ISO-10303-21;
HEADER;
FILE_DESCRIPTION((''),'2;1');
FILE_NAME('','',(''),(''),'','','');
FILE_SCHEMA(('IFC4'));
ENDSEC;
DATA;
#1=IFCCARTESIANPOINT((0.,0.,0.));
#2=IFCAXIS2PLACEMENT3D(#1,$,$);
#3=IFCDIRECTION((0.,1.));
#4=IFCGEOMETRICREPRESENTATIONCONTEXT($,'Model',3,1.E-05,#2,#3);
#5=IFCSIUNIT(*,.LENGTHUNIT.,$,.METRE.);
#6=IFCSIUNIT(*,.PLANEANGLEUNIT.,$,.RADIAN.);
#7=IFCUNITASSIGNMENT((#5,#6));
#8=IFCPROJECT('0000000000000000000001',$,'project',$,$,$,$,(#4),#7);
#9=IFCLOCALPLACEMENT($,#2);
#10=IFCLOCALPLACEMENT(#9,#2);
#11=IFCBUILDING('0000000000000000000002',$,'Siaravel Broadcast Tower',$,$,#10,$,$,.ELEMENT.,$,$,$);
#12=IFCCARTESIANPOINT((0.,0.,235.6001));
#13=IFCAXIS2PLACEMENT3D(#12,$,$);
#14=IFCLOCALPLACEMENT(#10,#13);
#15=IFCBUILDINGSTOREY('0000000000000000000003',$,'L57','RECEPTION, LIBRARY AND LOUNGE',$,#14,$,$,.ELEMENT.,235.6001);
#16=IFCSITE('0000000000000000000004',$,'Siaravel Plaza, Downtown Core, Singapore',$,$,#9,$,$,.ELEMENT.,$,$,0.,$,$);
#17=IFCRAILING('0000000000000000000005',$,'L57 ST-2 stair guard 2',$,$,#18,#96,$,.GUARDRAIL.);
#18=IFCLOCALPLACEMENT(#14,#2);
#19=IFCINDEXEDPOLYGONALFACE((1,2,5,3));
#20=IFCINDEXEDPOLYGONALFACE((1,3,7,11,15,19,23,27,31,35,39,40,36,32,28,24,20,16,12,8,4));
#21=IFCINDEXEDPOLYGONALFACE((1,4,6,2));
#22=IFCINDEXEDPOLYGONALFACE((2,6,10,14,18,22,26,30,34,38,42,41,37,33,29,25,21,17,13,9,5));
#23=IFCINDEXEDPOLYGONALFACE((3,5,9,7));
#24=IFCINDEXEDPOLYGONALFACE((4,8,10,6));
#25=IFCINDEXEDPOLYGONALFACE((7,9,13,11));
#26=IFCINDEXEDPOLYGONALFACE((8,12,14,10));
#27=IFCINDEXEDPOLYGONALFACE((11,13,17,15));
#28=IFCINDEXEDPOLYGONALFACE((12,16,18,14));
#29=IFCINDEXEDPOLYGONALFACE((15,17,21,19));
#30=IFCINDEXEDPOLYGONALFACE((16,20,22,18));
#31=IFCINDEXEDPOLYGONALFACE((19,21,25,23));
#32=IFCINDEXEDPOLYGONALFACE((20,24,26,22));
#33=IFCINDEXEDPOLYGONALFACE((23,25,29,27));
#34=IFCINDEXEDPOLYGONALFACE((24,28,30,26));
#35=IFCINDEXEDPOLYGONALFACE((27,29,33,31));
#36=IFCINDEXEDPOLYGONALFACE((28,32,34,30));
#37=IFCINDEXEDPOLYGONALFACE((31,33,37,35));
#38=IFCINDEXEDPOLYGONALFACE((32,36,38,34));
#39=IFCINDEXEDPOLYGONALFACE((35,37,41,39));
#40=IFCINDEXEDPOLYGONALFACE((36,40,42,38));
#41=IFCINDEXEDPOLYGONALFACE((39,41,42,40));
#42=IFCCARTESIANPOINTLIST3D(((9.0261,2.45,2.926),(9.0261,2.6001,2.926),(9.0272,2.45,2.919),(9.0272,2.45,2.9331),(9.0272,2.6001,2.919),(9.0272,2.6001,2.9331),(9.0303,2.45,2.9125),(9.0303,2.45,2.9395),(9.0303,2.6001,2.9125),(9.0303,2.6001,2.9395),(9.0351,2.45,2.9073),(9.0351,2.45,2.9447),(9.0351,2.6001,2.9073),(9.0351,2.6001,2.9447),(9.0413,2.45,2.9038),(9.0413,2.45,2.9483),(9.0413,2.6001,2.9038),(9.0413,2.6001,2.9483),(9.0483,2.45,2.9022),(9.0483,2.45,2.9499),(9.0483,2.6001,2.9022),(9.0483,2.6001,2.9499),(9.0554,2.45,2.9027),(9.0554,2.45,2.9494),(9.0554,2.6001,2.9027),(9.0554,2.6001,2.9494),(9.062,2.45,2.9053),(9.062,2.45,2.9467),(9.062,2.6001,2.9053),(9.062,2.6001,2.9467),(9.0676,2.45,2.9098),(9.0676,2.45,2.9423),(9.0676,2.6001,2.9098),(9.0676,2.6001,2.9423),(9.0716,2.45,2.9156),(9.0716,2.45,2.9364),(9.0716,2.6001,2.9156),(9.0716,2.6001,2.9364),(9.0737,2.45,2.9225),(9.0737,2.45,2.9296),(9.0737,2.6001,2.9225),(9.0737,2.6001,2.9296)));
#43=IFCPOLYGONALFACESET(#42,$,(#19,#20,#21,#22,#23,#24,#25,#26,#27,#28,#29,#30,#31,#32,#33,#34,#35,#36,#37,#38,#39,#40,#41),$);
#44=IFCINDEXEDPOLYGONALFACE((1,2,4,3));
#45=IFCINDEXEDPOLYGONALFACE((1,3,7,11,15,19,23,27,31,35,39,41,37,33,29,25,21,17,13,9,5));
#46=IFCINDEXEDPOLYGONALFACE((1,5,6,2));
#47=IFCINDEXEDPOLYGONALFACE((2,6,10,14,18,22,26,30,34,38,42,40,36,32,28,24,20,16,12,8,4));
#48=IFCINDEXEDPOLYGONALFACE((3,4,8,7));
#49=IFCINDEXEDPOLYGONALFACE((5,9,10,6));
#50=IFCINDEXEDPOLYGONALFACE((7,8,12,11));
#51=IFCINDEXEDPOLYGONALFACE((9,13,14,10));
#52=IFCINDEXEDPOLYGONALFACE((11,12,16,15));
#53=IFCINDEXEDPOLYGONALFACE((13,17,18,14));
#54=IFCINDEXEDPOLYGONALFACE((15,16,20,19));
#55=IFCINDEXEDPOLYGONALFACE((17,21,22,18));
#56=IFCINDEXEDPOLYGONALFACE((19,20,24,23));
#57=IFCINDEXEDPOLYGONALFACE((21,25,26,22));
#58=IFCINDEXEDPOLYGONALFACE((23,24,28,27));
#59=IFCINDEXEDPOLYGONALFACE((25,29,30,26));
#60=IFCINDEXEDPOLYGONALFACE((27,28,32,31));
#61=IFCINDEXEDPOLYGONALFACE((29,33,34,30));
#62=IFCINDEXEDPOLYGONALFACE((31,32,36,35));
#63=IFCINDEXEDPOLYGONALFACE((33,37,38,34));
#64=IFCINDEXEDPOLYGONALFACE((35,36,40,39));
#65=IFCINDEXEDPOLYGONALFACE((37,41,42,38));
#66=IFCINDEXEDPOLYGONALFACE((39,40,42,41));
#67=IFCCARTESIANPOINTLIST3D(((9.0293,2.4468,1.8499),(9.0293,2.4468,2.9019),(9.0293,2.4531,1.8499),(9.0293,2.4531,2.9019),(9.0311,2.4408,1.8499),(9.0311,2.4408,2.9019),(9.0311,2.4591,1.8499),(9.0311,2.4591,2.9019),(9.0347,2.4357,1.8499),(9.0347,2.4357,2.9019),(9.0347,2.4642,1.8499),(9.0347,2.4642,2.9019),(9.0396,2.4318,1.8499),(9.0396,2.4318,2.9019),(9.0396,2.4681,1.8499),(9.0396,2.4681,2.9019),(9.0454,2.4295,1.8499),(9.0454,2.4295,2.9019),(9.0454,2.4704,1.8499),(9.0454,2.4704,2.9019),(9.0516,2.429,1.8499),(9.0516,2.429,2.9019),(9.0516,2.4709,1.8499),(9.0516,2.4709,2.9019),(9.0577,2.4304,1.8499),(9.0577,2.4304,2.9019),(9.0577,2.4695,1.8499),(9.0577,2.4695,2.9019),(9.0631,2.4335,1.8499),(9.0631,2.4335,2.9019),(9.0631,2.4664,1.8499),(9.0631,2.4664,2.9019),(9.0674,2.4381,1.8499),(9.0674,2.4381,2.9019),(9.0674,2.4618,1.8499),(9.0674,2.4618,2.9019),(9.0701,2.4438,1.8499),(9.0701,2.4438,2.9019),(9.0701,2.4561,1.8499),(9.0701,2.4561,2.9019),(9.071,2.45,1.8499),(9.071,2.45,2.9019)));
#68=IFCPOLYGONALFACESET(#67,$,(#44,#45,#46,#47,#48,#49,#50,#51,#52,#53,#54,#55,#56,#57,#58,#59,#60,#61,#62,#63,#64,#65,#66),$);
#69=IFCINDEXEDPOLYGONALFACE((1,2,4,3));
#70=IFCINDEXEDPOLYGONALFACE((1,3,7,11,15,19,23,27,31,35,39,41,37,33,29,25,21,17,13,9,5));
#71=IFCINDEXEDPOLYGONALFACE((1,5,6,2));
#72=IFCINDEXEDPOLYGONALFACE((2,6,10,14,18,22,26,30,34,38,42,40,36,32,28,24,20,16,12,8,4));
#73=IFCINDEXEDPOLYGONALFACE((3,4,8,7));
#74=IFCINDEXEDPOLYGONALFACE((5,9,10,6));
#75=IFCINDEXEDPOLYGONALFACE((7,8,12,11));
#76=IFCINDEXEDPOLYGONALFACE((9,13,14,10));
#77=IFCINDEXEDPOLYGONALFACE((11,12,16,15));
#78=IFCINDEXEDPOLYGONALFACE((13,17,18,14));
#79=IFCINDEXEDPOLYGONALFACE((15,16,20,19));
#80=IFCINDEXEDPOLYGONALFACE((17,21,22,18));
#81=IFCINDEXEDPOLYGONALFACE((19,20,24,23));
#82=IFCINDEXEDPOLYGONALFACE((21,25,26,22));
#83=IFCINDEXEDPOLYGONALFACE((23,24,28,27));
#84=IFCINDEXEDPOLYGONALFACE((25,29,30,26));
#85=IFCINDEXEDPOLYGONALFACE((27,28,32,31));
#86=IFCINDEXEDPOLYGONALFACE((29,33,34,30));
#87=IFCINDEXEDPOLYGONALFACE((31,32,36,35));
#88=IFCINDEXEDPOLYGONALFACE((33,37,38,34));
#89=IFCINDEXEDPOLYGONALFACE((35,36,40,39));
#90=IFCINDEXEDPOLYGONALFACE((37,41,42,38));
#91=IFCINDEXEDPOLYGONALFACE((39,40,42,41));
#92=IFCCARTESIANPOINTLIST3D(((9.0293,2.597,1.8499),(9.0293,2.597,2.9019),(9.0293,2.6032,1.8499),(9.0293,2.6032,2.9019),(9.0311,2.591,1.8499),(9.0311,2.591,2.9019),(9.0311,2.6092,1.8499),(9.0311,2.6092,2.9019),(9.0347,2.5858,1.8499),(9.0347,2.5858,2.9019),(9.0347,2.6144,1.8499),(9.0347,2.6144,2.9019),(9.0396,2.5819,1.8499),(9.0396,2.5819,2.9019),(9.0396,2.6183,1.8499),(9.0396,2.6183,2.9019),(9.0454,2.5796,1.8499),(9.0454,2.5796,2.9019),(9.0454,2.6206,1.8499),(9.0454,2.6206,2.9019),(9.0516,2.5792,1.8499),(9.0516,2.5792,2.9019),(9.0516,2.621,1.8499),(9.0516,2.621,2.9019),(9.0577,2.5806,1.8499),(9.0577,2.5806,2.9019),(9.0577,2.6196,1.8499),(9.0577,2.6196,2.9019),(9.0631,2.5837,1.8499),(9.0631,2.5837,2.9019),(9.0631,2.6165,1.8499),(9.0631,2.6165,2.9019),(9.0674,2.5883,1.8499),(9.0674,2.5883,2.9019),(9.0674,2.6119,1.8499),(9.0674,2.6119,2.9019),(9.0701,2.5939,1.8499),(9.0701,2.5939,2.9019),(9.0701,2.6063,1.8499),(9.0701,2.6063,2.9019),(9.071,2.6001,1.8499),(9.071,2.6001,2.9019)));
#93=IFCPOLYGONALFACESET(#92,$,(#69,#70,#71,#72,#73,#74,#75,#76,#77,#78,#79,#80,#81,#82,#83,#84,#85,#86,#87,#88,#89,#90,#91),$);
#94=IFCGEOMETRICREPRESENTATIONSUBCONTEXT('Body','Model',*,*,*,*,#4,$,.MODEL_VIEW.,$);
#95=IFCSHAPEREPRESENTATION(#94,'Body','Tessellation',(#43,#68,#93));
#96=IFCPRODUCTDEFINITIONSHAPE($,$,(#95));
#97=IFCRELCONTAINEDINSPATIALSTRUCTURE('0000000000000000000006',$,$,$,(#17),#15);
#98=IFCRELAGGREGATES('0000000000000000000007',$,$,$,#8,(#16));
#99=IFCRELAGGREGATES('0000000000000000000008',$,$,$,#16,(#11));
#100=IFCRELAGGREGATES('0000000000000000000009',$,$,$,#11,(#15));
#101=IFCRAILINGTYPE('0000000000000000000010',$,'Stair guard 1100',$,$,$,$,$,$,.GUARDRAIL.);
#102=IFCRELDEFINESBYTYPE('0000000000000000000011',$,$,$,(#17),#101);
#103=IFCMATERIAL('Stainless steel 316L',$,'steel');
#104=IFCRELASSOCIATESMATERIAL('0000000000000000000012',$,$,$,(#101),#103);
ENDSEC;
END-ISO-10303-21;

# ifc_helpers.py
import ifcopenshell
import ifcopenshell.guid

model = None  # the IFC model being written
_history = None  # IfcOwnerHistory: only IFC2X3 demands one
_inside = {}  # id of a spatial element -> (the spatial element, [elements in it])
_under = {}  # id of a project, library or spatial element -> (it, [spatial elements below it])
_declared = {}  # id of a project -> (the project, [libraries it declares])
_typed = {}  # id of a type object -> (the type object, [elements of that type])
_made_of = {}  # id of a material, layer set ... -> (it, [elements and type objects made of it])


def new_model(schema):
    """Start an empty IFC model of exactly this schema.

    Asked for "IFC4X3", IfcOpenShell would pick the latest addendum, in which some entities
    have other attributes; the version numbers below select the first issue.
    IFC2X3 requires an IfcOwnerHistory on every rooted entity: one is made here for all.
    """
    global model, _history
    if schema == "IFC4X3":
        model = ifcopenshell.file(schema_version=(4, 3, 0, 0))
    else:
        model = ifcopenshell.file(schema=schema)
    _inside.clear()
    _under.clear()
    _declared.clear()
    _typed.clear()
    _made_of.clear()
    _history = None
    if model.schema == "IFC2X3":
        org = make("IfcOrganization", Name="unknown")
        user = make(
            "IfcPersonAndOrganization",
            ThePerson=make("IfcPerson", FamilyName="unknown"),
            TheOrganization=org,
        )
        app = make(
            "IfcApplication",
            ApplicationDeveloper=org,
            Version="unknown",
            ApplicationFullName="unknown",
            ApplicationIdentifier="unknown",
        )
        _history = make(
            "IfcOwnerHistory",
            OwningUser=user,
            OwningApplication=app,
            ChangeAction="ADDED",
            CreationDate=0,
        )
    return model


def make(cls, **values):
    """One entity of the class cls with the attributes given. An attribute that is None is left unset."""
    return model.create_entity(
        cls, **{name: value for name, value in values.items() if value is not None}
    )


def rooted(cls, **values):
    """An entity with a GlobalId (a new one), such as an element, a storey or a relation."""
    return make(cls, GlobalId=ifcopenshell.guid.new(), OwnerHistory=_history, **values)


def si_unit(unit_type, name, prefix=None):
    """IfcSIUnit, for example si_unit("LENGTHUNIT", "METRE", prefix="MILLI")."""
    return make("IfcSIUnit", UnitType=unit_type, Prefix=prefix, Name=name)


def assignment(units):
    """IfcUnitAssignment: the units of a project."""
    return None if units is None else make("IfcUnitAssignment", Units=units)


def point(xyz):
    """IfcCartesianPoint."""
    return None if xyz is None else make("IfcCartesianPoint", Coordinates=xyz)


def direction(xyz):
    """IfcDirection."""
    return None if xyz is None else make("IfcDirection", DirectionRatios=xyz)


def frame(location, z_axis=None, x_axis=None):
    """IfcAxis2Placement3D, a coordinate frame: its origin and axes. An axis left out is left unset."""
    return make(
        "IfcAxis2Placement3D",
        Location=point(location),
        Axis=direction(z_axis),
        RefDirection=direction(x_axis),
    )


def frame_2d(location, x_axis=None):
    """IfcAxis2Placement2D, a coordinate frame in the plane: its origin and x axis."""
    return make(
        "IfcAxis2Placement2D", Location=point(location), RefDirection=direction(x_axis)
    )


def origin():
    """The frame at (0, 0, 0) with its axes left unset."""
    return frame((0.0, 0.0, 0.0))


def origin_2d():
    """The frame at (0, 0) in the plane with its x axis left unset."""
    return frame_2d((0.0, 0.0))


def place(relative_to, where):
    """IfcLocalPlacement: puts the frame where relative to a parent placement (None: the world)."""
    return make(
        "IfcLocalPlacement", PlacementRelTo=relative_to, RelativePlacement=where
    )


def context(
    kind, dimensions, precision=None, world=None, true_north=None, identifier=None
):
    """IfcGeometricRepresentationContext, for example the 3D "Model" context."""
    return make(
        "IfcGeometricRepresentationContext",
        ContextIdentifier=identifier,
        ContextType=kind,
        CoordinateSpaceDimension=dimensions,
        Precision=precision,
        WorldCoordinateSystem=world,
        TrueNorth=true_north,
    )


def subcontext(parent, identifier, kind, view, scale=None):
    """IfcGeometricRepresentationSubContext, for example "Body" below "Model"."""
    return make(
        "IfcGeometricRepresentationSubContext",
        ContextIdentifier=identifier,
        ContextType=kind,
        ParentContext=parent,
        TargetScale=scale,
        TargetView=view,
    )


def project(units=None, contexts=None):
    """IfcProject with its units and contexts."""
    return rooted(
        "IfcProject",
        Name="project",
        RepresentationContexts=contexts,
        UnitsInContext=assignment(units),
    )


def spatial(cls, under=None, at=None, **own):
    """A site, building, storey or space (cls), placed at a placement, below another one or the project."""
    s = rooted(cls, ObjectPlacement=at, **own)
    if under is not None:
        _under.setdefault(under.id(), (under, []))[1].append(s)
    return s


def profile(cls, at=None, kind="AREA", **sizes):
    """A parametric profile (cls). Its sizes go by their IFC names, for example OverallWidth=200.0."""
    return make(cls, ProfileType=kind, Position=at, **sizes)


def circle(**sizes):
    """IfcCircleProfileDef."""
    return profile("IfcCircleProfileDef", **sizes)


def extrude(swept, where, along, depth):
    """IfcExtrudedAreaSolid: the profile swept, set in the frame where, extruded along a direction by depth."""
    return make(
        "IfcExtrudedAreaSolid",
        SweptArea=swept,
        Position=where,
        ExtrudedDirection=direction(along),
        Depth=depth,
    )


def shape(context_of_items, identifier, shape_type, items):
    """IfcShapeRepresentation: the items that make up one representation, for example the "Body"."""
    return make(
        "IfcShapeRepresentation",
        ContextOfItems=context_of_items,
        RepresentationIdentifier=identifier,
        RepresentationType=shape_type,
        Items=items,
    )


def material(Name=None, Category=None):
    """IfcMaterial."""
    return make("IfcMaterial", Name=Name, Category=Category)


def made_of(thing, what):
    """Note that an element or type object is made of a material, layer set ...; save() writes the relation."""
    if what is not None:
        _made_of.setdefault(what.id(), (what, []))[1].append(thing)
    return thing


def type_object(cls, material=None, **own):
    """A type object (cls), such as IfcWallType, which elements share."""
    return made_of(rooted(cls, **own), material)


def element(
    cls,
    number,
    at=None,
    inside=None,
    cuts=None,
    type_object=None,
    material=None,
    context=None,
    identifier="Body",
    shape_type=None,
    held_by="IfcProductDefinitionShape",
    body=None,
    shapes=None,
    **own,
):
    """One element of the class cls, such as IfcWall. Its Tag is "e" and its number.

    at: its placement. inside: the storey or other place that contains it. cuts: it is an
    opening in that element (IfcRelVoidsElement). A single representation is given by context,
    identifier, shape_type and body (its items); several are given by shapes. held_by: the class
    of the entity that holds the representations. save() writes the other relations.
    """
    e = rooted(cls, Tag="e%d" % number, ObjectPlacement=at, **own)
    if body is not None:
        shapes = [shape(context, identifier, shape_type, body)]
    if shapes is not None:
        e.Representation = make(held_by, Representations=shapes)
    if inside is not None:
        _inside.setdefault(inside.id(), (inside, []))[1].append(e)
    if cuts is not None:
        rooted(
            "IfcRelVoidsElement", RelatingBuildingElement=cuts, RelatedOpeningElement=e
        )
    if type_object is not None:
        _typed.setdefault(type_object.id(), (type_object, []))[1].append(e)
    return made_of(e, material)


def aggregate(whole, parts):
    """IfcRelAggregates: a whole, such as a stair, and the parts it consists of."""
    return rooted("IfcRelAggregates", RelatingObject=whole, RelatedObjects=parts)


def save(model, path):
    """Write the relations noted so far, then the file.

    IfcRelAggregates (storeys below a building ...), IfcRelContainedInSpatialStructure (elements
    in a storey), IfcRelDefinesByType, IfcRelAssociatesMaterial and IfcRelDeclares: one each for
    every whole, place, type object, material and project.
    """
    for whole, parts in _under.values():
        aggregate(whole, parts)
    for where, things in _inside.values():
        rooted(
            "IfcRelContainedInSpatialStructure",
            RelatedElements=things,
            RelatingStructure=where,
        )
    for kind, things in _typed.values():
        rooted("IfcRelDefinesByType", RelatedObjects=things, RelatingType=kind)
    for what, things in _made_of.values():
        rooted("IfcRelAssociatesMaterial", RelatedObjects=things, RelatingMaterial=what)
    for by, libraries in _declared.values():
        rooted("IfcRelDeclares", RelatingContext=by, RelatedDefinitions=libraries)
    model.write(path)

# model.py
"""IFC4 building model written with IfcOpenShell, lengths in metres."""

from ifc_helpers import new_model, si_unit, direction, frame, origin, origin_2d, place, context, subcontext, project, spatial, circle, extrude, material, type_object, element, save


model = new_model("IFC4")

# Units and contexts
model_context = context("Model", 3, precision=1e-05, world=origin(), true_north=direction((0.0, 1.0)))
body_context = subcontext(model_context, "Body", "Model", "MODEL_VIEW")
ifc_project = project(units=[si_unit("LENGTHUNIT", "METRE"), si_unit("PLANEANGLEUNIT", "RADIAN")], contexts=[model_context])

# Site, building, storey
site_placement = place(None, origin())
site = spatial("IfcSite", under=ifc_project, at=site_placement, Name="Siaravel Plaza, Downtown Core, Singapore", CompositionType="ELEMENT", RefElevation=0.0)
building_placement = place(site_placement, origin())
building = spatial("IfcBuilding", under=site, at=building_placement, Name="Siaravel Broadcast Tower", CompositionType="ELEMENT")
storey_placement = place(building_placement, frame((0.0, 0.0, 235.6001)))
storey = spatial("IfcBuildingStorey", under=building, at=storey_placement, Name="L57", Description="RECEPTION, LIBRARY AND LOUNGE", CompositionType="ELEMENT", Elevation=235.6001)

# Railing
ifc_material_1 = material(Name="Stainless steel 316L", Category="steel")
railing_type_1 = type_object("IfcRailingType", Name="Stair guard 1100", PredefinedType="GUARDRAIL", material=ifc_material_1)
railing_1_placement = place(storey_placement, frame((9.05, 2.45, 1.8499)))
element("IfcRailing", 1, at=railing_1_placement, inside=storey, type_object=railing_type_1, Name="L57 ST-2 stair guard 2", PredefinedType="GUARDRAIL", context=body_context, shape_type="SweptSolid", body=[
    extrude(circle(Radius=0.0239, at=origin_2d()), frame((0.0, 0.0, 1.0762), z_axis=(0.0, 1.0, 0.0), x_axis=(-1.0, 0.0, 0.0)), (0.0, 0.0, 1.0), 0.1501),
    extrude(circle(Radius=0.021, at=origin_2d()), origin(), (0.0, 0.0, 1.0), 1.052),
    extrude(circle(Radius=0.021, at=origin_2d()), frame((0.0, 0.1501, 0.0)), (0.0, 0.0, 1.0), 1.052),
])

save(model, "model.ifc")
